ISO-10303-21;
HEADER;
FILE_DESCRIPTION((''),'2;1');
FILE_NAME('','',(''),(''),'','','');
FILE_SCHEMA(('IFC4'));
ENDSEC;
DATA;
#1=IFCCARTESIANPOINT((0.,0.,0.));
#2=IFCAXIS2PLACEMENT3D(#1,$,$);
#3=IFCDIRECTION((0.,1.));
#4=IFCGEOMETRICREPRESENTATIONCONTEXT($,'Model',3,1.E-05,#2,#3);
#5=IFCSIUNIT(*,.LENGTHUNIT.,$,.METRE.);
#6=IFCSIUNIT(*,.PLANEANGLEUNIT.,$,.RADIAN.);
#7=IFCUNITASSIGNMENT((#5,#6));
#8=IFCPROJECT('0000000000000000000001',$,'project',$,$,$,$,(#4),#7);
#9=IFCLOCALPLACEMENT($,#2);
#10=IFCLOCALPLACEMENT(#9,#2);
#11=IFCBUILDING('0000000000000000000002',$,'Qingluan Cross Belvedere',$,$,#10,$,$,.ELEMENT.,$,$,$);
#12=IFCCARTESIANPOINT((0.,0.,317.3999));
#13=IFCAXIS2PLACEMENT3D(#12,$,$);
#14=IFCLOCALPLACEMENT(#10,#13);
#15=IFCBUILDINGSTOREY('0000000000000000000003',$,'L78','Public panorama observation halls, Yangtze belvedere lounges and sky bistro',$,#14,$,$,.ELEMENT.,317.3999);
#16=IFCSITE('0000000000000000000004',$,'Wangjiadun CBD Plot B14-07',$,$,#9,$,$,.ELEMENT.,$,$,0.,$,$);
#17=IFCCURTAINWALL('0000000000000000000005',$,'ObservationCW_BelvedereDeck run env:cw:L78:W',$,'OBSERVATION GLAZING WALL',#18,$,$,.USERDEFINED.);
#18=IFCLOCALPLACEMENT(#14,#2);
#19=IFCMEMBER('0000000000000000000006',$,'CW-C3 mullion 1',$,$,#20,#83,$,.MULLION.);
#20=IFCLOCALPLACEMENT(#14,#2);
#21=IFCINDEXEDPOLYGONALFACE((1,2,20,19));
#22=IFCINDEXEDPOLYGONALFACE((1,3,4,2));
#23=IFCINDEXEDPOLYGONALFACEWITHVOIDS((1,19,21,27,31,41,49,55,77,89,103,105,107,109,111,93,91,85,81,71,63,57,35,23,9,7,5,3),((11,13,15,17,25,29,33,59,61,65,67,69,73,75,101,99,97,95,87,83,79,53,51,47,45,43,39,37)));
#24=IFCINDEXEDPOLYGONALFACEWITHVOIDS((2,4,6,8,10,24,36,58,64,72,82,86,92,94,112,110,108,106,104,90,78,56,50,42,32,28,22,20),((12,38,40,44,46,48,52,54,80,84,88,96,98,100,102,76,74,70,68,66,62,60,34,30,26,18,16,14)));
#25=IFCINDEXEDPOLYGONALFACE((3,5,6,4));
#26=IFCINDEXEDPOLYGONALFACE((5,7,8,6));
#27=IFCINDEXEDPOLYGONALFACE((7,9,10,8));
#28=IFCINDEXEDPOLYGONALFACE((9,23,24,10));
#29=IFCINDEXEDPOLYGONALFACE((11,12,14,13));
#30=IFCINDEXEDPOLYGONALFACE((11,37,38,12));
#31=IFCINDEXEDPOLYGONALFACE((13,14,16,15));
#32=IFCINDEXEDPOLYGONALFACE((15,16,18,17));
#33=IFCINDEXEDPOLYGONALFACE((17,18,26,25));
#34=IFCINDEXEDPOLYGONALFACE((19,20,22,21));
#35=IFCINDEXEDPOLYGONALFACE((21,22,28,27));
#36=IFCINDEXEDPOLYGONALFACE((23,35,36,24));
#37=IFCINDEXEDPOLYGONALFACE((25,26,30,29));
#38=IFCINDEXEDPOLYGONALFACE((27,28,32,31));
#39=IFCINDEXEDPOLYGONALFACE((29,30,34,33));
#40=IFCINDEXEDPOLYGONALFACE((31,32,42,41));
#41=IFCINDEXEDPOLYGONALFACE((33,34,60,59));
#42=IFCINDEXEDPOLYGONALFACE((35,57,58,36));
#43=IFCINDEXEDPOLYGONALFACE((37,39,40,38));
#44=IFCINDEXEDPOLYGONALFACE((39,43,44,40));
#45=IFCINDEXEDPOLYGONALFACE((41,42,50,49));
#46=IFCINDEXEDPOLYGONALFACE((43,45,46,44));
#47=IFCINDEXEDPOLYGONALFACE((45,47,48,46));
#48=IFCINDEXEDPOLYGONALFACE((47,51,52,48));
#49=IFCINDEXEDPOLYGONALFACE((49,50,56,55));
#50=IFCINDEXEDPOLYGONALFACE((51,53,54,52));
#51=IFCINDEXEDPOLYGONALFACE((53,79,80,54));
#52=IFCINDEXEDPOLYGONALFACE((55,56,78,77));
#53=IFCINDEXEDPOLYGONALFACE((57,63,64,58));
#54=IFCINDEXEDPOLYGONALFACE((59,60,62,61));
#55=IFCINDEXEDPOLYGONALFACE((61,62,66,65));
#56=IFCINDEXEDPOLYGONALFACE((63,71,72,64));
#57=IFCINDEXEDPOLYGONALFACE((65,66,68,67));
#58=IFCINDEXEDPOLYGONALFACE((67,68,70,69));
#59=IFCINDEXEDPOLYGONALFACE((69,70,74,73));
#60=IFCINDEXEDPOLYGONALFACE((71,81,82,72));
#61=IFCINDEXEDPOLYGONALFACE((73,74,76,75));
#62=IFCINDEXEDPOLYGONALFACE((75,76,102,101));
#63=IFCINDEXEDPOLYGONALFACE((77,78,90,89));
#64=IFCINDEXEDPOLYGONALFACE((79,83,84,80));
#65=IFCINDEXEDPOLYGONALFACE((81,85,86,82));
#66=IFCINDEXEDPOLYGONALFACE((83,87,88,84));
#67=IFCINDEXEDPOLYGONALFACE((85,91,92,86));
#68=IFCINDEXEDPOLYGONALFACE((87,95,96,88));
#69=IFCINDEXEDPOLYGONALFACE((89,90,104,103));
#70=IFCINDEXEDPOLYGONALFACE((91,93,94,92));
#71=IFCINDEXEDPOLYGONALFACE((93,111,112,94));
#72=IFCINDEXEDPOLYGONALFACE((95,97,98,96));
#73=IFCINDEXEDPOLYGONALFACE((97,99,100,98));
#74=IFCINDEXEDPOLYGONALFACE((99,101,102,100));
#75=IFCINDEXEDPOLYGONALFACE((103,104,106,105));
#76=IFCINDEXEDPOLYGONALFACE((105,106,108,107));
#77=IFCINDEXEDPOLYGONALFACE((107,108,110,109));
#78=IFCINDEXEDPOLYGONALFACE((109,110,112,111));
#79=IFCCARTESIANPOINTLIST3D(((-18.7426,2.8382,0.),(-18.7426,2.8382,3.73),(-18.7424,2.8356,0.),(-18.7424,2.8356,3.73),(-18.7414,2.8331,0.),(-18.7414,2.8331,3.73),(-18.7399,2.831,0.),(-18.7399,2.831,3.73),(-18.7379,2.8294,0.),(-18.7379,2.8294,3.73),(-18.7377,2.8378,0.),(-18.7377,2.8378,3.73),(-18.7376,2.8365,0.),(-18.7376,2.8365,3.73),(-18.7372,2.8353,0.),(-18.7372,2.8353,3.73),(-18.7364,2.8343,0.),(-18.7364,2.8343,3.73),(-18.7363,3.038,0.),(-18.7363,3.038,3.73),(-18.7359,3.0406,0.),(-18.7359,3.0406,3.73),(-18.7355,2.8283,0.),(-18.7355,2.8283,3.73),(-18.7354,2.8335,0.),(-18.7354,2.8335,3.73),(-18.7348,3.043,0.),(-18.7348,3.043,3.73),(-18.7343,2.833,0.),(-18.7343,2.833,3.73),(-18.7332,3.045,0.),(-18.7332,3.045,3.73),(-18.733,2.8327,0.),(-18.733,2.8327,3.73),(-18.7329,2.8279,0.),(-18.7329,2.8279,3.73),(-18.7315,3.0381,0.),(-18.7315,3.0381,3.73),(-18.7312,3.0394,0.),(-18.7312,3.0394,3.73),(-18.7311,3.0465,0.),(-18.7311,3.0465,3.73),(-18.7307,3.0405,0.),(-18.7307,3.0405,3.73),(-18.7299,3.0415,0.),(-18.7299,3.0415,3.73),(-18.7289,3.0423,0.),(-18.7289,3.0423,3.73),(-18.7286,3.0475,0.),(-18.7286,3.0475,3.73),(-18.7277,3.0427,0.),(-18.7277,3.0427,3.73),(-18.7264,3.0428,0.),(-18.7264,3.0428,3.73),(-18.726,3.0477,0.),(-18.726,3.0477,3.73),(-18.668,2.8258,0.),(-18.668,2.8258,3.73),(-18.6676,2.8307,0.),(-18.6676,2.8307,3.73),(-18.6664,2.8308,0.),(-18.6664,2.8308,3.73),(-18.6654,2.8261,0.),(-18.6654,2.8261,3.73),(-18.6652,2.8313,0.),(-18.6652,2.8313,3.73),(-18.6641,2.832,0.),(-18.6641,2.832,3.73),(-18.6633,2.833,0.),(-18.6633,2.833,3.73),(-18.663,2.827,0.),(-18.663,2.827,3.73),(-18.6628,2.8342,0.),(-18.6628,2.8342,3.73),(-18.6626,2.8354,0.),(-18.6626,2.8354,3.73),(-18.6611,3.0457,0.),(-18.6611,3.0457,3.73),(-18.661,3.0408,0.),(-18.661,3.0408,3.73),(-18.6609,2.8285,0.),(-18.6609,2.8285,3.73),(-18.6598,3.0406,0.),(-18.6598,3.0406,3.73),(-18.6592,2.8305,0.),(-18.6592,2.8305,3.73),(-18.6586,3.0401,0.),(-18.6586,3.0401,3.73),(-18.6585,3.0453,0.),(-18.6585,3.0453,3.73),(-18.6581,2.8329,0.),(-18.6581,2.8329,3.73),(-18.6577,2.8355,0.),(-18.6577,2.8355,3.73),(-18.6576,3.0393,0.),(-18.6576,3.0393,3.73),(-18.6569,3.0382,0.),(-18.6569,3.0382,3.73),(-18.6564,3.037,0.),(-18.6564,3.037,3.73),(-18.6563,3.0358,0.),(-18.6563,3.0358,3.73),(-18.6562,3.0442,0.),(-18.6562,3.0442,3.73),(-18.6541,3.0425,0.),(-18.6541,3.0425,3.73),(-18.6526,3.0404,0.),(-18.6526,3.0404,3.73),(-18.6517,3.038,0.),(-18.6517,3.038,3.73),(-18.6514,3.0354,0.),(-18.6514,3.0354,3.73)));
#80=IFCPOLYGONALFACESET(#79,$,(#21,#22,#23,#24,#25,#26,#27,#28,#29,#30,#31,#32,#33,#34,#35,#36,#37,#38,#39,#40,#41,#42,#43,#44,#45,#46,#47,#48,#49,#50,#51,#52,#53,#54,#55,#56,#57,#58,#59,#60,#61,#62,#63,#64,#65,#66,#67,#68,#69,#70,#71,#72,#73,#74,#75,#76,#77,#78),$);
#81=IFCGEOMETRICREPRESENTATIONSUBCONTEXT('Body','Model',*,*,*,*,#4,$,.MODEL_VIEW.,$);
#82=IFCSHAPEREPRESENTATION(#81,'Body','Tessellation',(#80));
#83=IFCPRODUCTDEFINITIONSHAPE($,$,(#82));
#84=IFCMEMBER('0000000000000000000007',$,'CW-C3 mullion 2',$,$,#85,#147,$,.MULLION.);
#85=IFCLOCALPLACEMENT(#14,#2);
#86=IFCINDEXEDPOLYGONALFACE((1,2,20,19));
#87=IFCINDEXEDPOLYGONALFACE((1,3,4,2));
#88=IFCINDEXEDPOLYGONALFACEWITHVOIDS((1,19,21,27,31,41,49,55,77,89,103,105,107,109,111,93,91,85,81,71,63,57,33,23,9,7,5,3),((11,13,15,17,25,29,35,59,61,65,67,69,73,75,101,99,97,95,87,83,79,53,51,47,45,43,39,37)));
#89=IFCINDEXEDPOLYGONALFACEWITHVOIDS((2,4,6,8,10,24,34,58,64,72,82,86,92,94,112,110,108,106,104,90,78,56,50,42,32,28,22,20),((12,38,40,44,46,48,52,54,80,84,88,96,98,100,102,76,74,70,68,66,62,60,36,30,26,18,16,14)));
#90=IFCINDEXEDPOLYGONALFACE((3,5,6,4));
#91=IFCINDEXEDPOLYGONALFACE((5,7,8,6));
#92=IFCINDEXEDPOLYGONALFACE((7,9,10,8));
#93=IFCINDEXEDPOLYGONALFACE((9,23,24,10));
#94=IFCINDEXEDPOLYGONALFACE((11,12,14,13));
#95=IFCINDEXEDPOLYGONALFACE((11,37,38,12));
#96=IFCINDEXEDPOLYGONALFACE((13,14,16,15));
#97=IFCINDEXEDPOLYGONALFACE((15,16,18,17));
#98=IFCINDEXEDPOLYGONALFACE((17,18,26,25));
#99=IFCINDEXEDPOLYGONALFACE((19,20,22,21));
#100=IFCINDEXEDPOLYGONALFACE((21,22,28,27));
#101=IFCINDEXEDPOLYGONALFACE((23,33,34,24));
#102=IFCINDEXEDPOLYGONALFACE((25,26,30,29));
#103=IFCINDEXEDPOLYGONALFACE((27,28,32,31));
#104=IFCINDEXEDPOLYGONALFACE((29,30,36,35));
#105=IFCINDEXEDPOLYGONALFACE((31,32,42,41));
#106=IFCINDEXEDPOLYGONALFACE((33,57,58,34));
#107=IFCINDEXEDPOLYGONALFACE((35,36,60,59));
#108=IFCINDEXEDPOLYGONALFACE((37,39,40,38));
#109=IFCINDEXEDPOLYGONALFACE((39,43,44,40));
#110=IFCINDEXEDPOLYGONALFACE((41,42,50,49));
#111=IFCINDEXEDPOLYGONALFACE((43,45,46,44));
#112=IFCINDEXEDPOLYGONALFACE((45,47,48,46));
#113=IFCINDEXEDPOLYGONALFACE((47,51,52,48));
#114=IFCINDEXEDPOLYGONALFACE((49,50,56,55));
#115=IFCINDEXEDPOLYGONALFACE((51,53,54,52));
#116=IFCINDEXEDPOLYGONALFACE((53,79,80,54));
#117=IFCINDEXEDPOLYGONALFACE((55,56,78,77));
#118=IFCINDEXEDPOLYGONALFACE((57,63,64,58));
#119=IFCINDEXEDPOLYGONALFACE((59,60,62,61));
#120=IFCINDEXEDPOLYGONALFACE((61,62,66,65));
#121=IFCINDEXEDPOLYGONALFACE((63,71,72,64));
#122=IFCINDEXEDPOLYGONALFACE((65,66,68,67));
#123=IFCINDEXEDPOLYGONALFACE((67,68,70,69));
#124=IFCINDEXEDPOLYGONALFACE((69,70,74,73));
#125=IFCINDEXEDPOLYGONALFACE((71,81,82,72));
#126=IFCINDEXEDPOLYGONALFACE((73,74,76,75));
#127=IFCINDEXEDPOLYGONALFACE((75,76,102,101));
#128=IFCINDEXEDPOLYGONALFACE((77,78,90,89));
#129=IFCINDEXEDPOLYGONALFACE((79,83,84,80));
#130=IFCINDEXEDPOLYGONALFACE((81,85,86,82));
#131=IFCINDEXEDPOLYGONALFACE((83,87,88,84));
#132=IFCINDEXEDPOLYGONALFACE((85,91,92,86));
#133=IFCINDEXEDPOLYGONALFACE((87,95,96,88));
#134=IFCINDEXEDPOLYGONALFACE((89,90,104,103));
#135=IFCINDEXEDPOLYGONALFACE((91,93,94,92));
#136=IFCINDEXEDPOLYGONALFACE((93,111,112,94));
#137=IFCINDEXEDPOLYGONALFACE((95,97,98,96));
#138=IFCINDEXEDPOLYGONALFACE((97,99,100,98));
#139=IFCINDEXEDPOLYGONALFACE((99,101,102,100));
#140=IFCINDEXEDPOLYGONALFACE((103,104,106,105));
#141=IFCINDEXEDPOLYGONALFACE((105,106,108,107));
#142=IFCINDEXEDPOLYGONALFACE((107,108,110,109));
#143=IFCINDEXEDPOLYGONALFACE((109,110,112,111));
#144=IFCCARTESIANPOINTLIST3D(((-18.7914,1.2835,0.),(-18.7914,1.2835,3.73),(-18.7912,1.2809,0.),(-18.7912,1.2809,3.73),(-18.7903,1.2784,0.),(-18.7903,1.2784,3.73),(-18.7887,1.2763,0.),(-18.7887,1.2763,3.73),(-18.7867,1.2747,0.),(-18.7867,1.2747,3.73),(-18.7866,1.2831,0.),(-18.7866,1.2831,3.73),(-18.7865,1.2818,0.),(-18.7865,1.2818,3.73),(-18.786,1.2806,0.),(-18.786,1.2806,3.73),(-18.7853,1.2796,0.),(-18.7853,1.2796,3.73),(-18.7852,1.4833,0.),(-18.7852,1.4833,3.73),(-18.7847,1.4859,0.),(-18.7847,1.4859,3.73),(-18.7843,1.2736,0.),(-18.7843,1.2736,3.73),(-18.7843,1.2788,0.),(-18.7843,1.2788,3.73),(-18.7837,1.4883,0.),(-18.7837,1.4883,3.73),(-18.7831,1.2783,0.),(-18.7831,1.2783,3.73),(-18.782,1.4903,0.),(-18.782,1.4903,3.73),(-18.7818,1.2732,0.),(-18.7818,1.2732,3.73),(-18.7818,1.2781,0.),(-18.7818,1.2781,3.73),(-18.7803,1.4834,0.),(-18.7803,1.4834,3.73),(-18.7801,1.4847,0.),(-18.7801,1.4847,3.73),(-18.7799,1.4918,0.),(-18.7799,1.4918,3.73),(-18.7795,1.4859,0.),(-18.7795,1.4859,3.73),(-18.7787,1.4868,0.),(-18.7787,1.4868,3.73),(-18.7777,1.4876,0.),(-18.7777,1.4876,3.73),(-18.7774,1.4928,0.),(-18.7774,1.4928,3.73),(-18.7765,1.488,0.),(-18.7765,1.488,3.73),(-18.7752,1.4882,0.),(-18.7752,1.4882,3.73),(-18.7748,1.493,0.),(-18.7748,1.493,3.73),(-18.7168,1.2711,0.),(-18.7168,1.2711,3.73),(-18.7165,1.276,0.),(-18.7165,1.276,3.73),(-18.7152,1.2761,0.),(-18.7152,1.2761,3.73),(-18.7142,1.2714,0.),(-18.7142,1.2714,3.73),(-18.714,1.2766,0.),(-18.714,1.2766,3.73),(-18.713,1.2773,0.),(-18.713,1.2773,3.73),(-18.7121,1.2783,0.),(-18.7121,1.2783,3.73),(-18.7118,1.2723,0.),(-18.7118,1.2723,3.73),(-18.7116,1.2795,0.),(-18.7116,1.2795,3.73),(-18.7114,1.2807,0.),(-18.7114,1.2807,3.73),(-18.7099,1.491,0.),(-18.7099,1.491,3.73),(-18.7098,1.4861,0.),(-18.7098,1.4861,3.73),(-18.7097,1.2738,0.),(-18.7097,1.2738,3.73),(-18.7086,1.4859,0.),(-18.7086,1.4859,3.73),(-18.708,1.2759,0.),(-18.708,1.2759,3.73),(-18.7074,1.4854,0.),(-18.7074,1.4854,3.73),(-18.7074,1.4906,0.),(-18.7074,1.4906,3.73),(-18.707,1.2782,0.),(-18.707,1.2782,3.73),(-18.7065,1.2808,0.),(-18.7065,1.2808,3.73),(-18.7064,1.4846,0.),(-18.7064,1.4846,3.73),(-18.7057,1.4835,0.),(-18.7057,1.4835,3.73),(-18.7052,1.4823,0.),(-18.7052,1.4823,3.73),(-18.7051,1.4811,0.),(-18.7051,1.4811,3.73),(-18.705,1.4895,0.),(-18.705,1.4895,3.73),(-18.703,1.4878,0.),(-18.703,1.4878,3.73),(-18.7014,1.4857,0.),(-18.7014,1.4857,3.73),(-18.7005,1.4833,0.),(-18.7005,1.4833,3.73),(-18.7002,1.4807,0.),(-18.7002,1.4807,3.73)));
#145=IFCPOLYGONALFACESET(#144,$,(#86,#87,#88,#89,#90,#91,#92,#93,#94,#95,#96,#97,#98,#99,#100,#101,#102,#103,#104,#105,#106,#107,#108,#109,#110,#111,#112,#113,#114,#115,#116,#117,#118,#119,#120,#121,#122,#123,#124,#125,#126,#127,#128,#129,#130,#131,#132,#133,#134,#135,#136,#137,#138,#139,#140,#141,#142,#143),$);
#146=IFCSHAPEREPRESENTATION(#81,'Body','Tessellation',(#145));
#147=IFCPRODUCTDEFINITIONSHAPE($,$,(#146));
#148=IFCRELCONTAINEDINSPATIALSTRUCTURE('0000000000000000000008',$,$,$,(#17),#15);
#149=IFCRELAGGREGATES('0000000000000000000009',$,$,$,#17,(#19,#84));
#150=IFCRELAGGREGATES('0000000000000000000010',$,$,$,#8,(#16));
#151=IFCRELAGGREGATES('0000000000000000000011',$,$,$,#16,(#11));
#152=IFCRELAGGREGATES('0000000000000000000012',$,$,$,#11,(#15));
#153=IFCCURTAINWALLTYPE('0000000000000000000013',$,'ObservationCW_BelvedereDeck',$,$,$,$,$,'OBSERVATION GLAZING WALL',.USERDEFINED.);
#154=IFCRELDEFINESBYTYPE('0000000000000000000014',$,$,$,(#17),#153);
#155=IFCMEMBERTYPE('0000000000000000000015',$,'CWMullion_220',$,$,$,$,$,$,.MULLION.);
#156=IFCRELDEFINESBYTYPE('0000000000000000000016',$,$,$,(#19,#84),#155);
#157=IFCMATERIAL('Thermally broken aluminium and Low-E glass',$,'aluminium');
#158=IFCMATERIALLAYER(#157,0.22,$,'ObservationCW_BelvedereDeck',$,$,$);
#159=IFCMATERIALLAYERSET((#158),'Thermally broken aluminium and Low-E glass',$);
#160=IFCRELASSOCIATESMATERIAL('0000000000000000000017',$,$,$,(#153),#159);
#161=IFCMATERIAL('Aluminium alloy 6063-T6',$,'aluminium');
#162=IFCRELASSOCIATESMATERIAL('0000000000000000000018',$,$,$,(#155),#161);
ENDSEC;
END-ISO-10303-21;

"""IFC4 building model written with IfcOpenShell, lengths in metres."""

from ifc_helpers import new_model, si_unit, direction, frame, origin, origin_2d, place, context, subcontext, project, spatial, hollow_rectangle, extrude, material, layer, layer_set, material_profile, profile_set, type_object, element, aggregate, save


model = new_model("IFC4")

# Units and contexts
model_context = context("Model", 3, precision=1e-05, world=origin(), true_north=direction((0.0, 1.0)))
body_context = subcontext(model_context, "Body", "Model", "MODEL_VIEW")
ifc_project = project(units=[si_unit("LENGTHUNIT", "METRE"), si_unit("PLANEANGLEUNIT", "RADIAN")], contexts=[model_context])

# Site, building, storey
site_placement = place(None, origin())
site = spatial("IfcSite", under=ifc_project, at=site_placement, Name="Wangjiadun CBD Plot B14-07", CompositionType="ELEMENT", RefElevation=0.0)
building_placement = place(site_placement, origin())
building = spatial("IfcBuilding", under=site, at=building_placement, Name="Qingluan Cross Belvedere", CompositionType="ELEMENT")
storey_placement = place(building_placement, frame((0.0, 0.0, 317.3999)))
storey = spatial("IfcBuildingStorey", under=building, at=storey_placement, Name="L78", Description="Public panorama observation halls, Yangtze belvedere lounges and sky bistro", CompositionType="ELEMENT", Elevation=317.3999)

# Curtain wall, members
ifc_material_1 = material(Name="Thermally broken aluminium and Low-E glass", Category="aluminium")
ifc_layer_1 = layer(ifc_material_1, 0.22, Name="ObservationCW_BelvedereDeck")
ifc_layer_set_1 = layer_set([ifc_layer_1], Name="Thermally broken aluminium and Low-E glass")
curtain_wall_type = type_object("IfcCurtainWallType", Name="ObservationCW_BelvedereDeck", ElementType="OBSERVATION GLAZING WALL", PredefinedType="USERDEFINED", material=ifc_layer_set_1)
curtain_wall_placement = place(storey_placement, origin())
curtain_wall = element("IfcCurtainWall", 1, at=curtain_wall_placement, inside=storey, type_object=curtain_wall_type, Name="ObservationCW_BelvedereDeck run env:cw:L78:W", ObjectType="OBSERVATION GLAZING WALL", PredefinedType="USERDEFINED")
ifc_material_2 = material(Name="Aluminium alloy 6063-T6", Category="aluminium")
ifc_material_profile_1 = material_profile(ifc_material_2, hollow_rectangle(XDim=0.085, YDim=0.22, WallThickness=0.0049, InnerFilletRadius=0.0049, OuterFilletRadius=0.01, at=origin_2d()), Name="CWM220x85x5")
ifc_profile_set_1 = profile_set([ifc_material_profile_1], Name="Aluminium alloy 6063-T6")
member_type_1 = type_object("IfcMemberType", Name="CWMullion_220", PredefinedType="MULLION", material=ifc_profile_set_1)
member_1_placement = place(storey_placement, frame((-18.697, 2.9368, 0.0), z_axis=(0.0, 0.0, 1.0), x_axis=(0.999506, -0.031413, 0.0)))
member_1 = element("IfcMember", 2, at=member_1_placement, type_object=member_type_1, Name="CW-C3 mullion 1", PredefinedType="MULLION", context=body_context, shape_type="SweptSolid", body=[
    extrude(hollow_rectangle(XDim=0.085, YDim=0.22, WallThickness=0.0049, InnerFilletRadius=0.0049, OuterFilletRadius=0.01, at=origin_2d()), origin(), (0.0, 0.0, 1.0), 3.73),
])
member_2_placement = place(storey_placement, frame((-18.7458, 1.3821, 0.0), z_axis=(0.0, 0.0, 1.0), x_axis=(0.999506, -0.031413, 0.0)))
member_2 = element("IfcMember", 3, at=member_2_placement, type_object=member_type_1, Name="CW-C3 mullion 2", PredefinedType="MULLION", context=body_context, shape_type="SweptSolid", body=[
    extrude(hollow_rectangle(XDim=0.085, YDim=0.22, WallThickness=0.0049, InnerFilletRadius=0.0049, OuterFilletRadius=0.01, at=origin_2d()), origin(), (0.0, 0.0, 1.0), 3.73),
])

aggregate(curtain_wall, [member_1, member_2])

save(model, "model.ifc")
